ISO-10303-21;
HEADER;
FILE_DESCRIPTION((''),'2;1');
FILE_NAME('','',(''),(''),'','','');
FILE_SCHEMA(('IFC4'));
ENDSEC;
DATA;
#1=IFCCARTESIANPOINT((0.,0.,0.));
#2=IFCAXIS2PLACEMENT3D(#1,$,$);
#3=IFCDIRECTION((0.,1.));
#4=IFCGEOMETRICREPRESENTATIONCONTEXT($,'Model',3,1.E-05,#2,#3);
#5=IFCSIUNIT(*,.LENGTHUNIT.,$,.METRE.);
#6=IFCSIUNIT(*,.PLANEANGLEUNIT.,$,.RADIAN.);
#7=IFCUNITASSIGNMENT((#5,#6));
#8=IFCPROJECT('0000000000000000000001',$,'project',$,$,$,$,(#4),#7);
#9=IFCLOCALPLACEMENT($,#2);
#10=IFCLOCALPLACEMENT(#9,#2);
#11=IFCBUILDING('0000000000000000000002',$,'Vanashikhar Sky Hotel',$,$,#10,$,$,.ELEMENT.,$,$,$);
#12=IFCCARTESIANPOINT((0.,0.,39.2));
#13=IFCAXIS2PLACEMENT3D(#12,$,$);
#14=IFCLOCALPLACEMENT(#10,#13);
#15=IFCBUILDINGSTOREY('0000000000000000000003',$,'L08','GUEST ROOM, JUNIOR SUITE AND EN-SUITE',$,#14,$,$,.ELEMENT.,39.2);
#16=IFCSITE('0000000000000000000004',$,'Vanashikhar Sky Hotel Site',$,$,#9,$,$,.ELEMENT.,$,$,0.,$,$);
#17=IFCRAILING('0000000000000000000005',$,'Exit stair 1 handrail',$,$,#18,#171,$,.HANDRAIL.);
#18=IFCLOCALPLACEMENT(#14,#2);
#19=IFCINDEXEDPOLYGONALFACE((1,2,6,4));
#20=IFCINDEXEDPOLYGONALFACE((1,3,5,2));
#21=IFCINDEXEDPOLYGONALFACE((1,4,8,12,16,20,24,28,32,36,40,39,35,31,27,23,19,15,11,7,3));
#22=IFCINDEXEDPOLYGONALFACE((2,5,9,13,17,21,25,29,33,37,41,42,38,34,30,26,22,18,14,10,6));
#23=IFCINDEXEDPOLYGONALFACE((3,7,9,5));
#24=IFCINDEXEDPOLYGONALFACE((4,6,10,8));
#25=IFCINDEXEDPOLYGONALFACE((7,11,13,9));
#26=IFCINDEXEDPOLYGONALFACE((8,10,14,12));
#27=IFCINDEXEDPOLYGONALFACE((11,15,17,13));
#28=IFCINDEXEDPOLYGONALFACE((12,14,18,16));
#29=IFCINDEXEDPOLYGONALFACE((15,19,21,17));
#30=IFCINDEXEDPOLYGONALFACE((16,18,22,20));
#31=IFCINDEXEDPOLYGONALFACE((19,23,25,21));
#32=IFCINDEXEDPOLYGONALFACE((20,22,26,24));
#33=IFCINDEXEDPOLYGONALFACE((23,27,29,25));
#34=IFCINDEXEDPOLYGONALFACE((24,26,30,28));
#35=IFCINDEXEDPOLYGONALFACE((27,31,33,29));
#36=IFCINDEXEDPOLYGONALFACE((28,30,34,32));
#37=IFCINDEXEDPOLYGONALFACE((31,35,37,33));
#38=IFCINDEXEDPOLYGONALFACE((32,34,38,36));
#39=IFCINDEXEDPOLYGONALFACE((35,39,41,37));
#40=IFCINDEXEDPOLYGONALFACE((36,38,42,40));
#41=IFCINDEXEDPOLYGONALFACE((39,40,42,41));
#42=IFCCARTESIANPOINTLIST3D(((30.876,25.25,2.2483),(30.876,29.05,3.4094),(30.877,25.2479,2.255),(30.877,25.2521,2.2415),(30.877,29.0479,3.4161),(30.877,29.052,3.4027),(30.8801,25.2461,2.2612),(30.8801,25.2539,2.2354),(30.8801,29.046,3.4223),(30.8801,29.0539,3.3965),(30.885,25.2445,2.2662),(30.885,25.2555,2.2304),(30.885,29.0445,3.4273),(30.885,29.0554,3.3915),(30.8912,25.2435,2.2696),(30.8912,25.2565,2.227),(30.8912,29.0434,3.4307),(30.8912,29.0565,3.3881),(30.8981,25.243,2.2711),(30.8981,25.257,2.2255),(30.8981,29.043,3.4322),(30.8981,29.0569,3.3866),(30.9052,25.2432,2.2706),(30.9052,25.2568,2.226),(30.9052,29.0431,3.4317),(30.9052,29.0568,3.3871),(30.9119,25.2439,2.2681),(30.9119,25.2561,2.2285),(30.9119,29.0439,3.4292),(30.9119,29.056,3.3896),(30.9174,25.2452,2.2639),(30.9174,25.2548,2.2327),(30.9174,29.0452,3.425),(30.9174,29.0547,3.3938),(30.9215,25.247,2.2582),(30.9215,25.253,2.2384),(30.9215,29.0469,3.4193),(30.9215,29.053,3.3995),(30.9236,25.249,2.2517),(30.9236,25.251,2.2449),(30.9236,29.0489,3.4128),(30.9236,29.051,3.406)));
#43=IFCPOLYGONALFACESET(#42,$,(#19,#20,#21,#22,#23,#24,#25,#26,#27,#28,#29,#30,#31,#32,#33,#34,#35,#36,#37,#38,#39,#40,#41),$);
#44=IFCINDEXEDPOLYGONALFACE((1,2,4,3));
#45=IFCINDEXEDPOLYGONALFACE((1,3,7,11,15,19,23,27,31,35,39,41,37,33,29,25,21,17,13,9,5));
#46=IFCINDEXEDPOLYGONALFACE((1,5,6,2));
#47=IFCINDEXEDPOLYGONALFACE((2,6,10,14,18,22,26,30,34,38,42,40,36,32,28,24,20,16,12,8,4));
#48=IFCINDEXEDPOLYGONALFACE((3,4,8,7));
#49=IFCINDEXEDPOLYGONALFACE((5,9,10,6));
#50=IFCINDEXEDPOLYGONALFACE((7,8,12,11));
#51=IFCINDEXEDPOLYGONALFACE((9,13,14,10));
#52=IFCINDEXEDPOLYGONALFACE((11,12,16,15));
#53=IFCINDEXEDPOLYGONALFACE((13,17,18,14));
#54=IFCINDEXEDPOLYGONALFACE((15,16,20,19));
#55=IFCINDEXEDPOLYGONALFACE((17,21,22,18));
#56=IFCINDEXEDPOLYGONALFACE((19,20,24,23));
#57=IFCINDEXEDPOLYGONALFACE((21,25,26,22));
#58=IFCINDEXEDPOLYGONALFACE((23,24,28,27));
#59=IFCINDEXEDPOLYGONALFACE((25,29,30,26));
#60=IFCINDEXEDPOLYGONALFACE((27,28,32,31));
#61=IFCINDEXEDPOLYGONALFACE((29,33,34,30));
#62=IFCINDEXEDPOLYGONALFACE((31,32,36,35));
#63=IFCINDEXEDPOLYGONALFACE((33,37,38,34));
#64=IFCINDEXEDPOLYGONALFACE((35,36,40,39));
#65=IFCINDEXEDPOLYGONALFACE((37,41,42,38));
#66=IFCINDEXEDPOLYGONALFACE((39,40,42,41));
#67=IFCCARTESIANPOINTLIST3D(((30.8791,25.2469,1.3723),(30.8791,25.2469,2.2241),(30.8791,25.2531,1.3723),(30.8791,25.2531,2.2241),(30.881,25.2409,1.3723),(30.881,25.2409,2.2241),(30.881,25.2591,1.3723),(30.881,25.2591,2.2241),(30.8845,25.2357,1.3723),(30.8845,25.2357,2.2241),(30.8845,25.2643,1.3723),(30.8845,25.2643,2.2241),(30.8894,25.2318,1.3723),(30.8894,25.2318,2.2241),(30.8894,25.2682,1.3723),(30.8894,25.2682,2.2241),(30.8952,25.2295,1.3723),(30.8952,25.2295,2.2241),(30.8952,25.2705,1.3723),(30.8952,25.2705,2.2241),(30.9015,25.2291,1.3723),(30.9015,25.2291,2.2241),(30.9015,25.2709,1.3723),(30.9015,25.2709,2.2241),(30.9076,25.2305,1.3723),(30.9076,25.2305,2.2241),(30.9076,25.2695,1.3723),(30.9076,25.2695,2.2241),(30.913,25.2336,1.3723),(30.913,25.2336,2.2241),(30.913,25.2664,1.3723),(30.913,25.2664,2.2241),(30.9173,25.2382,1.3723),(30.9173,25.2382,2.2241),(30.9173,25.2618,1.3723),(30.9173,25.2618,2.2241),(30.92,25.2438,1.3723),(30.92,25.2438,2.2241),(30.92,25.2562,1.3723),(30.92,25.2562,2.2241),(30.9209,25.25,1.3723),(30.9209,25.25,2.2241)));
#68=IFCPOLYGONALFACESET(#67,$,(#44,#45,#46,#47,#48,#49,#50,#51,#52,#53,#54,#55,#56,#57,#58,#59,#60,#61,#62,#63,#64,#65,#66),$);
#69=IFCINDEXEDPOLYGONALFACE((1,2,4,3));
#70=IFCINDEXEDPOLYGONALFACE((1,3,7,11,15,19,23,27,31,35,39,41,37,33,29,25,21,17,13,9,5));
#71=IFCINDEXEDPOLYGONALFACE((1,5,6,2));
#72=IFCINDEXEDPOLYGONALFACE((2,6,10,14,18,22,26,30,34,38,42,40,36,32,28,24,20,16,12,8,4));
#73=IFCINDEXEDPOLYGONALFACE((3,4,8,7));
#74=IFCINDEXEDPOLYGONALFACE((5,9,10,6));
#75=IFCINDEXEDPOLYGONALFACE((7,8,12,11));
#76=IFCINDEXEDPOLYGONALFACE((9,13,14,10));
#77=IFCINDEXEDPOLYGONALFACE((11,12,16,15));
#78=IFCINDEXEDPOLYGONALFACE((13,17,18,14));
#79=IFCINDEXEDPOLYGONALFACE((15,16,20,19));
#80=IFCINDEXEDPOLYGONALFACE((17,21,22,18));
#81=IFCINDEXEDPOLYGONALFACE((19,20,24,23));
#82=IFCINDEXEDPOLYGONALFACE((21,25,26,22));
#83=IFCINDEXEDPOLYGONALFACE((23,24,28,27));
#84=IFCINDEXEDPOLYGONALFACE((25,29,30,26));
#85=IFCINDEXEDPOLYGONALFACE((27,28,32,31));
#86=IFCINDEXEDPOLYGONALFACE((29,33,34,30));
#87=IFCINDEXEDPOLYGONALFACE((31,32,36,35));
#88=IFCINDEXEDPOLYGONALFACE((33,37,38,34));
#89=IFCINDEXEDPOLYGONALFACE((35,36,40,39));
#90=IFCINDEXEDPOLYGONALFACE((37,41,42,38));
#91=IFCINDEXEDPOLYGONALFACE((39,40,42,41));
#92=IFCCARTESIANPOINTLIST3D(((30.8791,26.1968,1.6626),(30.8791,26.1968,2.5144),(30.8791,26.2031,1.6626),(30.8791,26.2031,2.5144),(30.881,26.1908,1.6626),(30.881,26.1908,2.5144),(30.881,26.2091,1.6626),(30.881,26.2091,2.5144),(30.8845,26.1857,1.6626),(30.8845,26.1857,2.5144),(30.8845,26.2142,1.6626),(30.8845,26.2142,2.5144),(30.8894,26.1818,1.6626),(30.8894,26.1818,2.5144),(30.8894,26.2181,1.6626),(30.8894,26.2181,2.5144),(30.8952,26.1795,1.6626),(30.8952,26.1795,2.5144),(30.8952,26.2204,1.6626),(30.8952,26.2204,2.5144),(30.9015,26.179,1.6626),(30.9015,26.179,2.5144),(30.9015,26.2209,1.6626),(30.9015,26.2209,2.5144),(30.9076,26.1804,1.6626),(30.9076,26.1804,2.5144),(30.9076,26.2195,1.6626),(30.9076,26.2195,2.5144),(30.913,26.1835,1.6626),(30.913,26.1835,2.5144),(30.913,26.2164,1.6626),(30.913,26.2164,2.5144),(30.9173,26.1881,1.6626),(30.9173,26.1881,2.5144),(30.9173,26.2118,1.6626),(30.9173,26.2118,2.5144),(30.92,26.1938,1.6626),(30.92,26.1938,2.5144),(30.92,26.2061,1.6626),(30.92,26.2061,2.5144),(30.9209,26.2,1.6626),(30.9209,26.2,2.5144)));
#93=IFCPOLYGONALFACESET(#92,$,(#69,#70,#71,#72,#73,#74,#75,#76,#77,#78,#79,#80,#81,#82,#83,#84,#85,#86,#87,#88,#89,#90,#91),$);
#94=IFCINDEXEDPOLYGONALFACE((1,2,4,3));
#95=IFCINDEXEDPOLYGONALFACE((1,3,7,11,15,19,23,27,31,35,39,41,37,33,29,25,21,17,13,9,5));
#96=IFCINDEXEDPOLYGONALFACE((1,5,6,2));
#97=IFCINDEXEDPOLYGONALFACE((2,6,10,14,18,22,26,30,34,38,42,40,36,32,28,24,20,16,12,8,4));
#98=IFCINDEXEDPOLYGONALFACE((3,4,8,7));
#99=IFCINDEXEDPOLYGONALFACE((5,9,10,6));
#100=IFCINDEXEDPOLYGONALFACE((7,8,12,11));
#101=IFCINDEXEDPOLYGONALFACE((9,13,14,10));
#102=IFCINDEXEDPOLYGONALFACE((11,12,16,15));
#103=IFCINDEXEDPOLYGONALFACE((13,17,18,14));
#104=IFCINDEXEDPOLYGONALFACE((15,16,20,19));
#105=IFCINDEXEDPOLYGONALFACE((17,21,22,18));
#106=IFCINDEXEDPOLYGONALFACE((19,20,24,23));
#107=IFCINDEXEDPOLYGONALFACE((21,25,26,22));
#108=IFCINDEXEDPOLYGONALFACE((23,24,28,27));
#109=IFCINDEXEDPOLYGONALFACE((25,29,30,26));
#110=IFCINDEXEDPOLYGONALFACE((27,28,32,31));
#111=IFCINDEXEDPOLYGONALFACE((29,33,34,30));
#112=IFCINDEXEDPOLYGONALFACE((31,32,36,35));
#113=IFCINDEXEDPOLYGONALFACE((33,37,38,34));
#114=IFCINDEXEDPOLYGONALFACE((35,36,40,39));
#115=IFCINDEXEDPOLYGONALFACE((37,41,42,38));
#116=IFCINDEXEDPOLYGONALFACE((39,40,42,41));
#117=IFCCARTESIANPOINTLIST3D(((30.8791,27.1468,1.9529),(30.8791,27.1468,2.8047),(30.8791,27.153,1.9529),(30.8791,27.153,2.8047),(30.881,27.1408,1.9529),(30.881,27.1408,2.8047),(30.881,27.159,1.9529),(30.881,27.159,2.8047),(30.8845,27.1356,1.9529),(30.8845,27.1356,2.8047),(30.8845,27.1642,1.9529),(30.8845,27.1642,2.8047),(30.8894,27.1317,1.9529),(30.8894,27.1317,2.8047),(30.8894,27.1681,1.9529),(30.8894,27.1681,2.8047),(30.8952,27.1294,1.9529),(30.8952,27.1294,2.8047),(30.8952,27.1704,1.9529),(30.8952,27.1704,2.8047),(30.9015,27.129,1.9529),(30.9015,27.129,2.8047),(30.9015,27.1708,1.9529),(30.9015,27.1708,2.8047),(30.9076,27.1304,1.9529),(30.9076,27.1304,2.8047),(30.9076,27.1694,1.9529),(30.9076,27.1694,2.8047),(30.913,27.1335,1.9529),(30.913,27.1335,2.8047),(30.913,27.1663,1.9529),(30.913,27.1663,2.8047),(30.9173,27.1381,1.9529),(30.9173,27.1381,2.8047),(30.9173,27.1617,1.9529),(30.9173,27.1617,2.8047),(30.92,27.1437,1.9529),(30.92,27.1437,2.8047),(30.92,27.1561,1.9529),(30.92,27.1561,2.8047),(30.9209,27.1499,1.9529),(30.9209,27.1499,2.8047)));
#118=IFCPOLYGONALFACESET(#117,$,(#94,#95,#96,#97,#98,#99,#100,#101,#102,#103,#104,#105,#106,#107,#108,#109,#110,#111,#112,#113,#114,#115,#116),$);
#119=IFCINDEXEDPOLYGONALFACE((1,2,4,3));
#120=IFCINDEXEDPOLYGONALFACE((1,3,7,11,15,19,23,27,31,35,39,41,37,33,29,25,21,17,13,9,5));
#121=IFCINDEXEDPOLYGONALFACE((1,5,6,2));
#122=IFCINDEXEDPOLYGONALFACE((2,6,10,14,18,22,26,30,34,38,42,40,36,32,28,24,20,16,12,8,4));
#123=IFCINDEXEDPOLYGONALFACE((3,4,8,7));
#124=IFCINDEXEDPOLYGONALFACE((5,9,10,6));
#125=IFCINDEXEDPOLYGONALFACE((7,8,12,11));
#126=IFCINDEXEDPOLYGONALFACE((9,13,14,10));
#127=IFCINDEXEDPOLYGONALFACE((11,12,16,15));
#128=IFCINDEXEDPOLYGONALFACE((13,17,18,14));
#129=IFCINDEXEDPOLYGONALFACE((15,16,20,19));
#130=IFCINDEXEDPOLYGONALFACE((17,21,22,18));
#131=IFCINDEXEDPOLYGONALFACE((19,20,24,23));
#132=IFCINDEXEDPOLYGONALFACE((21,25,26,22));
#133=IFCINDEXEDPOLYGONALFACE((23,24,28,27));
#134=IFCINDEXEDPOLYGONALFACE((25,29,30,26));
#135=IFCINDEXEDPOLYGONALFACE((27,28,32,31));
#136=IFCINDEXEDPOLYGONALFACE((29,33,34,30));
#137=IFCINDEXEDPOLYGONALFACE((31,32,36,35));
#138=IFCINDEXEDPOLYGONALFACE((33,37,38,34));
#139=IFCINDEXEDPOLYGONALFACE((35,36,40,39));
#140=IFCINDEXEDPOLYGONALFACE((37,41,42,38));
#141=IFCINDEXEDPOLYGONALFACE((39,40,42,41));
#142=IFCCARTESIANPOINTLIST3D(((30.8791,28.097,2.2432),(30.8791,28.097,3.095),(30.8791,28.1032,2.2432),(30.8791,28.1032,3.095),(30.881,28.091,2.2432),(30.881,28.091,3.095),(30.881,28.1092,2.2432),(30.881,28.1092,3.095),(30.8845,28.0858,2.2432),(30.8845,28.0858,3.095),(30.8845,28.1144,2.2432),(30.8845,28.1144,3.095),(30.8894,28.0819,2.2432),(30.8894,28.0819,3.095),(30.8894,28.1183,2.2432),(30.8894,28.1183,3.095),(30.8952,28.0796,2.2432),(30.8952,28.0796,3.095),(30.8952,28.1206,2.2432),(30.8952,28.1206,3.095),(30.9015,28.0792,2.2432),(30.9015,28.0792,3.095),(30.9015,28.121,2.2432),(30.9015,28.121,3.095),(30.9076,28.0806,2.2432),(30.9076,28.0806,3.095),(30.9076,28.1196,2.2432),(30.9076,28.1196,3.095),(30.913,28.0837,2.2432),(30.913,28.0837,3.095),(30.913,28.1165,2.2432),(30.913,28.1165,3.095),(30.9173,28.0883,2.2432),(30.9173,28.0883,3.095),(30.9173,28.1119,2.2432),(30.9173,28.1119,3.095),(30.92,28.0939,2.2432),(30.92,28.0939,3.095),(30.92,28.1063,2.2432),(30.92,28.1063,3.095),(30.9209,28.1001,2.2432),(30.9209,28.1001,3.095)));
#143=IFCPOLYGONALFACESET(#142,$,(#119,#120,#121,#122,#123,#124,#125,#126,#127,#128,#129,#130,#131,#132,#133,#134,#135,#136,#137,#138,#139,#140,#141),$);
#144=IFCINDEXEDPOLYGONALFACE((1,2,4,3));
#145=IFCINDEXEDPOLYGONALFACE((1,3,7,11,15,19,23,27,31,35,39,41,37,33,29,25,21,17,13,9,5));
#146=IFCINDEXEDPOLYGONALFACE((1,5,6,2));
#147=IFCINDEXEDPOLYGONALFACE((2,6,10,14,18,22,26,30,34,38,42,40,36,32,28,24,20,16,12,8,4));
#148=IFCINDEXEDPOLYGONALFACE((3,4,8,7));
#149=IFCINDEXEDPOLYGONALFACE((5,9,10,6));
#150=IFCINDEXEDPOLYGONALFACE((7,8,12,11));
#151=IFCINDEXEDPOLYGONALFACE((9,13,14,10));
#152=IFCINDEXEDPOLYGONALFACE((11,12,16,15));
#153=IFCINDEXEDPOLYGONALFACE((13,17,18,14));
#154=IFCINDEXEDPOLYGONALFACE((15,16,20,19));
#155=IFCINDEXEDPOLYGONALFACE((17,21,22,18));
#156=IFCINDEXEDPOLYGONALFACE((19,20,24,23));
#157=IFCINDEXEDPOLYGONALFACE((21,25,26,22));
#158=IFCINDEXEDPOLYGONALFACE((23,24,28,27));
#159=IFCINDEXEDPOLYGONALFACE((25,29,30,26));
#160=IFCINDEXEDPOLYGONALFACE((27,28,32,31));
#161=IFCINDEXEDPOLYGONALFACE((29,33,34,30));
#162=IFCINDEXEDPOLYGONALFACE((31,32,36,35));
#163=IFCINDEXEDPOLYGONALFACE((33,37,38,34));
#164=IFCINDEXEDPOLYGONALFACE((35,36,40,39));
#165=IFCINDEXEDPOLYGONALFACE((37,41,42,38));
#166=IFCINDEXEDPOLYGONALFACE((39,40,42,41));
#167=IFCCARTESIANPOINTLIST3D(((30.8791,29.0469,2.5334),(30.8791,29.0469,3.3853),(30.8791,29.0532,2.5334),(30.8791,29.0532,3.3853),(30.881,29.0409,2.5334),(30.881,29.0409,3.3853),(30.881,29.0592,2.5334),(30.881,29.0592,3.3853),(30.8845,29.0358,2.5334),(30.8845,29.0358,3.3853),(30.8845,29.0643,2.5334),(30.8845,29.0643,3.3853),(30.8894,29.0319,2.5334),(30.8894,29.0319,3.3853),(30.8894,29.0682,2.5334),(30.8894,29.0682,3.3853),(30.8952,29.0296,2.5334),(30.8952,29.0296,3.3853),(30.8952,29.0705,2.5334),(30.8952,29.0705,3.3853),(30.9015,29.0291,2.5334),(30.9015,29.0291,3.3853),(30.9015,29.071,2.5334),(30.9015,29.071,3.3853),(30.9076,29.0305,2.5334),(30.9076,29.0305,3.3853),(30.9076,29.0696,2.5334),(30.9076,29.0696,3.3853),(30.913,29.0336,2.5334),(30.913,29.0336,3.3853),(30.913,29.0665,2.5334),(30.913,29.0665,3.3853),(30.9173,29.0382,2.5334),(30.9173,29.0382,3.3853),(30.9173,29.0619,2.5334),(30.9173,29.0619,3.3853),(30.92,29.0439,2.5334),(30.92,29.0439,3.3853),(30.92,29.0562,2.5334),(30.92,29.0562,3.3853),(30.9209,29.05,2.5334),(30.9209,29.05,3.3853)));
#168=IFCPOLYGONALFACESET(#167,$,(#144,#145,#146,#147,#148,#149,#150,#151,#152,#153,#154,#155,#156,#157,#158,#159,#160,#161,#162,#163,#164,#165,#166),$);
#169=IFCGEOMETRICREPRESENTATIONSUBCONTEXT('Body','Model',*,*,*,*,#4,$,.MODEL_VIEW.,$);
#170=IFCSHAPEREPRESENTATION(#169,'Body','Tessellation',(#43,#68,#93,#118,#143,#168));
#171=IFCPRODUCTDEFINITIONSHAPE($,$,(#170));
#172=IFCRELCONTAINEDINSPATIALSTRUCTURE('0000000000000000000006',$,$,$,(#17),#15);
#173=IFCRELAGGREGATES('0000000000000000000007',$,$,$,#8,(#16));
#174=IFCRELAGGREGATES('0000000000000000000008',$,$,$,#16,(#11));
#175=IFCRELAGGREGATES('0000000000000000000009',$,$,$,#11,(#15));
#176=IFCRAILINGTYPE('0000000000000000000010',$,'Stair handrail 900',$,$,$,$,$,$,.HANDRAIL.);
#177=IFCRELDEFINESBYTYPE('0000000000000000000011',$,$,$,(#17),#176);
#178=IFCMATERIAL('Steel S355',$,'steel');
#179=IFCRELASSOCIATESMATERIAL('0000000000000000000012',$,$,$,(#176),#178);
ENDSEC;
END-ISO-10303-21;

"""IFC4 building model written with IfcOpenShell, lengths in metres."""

from ifc_helpers import new_model, si_unit, direction, frame, origin, origin_2d, place, context, subcontext, project, spatial, circle, extrude, source, transform, mapped, material, type_object, element, save


model = new_model("IFC4")

# Units and contexts
model_context = context("Model", 3, precision=1e-05, world=origin(), true_north=direction((0.0, 1.0)))
body_context = subcontext(model_context, "Body", "Model", "MODEL_VIEW")
ifc_project = project(units=[si_unit("LENGTHUNIT", "METRE"), si_unit("PLANEANGLEUNIT", "RADIAN")], contexts=[model_context])

# Site, building, storey
site_placement = place(None, origin())
site = spatial("IfcSite", under=ifc_project, at=site_placement, Name="Vanashikhar Sky Hotel Site", CompositionType="ELEMENT", RefElevation=0.0)
building_placement = place(site_placement, origin())
building = spatial("IfcBuilding", under=site, at=building_placement, Name="Vanashikhar Sky Hotel", CompositionType="ELEMENT")
storey_placement = place(building_placement, frame((0.0, 0.0, 39.2)))
storey = spatial("IfcBuildingStorey", under=building, at=storey_placement, Name="L08", Description="GUEST ROOM, JUNIOR SUITE AND EN-SUITE", CompositionType="ELEMENT", Elevation=39.2)

# Railing
ifc_material_1 = material(Name="Steel S355", Category="steel")
railing_type = type_object("IfcRailingType", Name="Stair handrail 900", PredefinedType="HANDRAIL", material=ifc_material_1)
shared_shape_1 = source(origin(), body_context, "Body", "SweptSolid", [
    extrude(circle(Radius=0.0239, at=origin_2d()), frame((0.0, 0.0, 0.876), z_axis=(0.0, 0.956351, 0.29222), x_axis=(-1.0, 0.0, 0.0)), (0.0, 0.0, 1.0), 3.9734),
    extrude(circle(Radius=0.021, at=origin_2d()), origin(), (0.0, 0.0, 1.0), 0.8518),
    extrude(circle(Radius=0.021, at=origin_2d()), frame((0.0, 0.95, 0.2903)), (0.0, 0.0, 1.0), 0.8518),
    extrude(circle(Radius=0.021, at=origin_2d()), frame((0.0, 1.8999, 0.5806)), (0.0, 0.0, 1.0), 0.8518),
    extrude(circle(Radius=0.021, at=origin_2d()), frame((0.0, 2.8501, 0.8708)), (0.0, 0.0, 1.0), 0.8518),
    extrude(circle(Radius=0.021, at=origin_2d()), frame((0.0, 3.8, 1.1611)), (0.0, 0.0, 1.0), 0.8518),
])
railing_placement = place(storey_placement, frame((30.8999, 25.25, 1.3723)))
element("IfcRailing", 1, at=railing_placement, inside=storey, type_object=railing_type, Name="Exit stair 1 handrail", PredefinedType="HANDRAIL", context=body_context, shape_type="MappedRepresentation", body=[
    mapped(shared_shape_1, transform((0.0, 0.0, 0.0), scale=1.0)),
])

save(model, "model.ifc")
